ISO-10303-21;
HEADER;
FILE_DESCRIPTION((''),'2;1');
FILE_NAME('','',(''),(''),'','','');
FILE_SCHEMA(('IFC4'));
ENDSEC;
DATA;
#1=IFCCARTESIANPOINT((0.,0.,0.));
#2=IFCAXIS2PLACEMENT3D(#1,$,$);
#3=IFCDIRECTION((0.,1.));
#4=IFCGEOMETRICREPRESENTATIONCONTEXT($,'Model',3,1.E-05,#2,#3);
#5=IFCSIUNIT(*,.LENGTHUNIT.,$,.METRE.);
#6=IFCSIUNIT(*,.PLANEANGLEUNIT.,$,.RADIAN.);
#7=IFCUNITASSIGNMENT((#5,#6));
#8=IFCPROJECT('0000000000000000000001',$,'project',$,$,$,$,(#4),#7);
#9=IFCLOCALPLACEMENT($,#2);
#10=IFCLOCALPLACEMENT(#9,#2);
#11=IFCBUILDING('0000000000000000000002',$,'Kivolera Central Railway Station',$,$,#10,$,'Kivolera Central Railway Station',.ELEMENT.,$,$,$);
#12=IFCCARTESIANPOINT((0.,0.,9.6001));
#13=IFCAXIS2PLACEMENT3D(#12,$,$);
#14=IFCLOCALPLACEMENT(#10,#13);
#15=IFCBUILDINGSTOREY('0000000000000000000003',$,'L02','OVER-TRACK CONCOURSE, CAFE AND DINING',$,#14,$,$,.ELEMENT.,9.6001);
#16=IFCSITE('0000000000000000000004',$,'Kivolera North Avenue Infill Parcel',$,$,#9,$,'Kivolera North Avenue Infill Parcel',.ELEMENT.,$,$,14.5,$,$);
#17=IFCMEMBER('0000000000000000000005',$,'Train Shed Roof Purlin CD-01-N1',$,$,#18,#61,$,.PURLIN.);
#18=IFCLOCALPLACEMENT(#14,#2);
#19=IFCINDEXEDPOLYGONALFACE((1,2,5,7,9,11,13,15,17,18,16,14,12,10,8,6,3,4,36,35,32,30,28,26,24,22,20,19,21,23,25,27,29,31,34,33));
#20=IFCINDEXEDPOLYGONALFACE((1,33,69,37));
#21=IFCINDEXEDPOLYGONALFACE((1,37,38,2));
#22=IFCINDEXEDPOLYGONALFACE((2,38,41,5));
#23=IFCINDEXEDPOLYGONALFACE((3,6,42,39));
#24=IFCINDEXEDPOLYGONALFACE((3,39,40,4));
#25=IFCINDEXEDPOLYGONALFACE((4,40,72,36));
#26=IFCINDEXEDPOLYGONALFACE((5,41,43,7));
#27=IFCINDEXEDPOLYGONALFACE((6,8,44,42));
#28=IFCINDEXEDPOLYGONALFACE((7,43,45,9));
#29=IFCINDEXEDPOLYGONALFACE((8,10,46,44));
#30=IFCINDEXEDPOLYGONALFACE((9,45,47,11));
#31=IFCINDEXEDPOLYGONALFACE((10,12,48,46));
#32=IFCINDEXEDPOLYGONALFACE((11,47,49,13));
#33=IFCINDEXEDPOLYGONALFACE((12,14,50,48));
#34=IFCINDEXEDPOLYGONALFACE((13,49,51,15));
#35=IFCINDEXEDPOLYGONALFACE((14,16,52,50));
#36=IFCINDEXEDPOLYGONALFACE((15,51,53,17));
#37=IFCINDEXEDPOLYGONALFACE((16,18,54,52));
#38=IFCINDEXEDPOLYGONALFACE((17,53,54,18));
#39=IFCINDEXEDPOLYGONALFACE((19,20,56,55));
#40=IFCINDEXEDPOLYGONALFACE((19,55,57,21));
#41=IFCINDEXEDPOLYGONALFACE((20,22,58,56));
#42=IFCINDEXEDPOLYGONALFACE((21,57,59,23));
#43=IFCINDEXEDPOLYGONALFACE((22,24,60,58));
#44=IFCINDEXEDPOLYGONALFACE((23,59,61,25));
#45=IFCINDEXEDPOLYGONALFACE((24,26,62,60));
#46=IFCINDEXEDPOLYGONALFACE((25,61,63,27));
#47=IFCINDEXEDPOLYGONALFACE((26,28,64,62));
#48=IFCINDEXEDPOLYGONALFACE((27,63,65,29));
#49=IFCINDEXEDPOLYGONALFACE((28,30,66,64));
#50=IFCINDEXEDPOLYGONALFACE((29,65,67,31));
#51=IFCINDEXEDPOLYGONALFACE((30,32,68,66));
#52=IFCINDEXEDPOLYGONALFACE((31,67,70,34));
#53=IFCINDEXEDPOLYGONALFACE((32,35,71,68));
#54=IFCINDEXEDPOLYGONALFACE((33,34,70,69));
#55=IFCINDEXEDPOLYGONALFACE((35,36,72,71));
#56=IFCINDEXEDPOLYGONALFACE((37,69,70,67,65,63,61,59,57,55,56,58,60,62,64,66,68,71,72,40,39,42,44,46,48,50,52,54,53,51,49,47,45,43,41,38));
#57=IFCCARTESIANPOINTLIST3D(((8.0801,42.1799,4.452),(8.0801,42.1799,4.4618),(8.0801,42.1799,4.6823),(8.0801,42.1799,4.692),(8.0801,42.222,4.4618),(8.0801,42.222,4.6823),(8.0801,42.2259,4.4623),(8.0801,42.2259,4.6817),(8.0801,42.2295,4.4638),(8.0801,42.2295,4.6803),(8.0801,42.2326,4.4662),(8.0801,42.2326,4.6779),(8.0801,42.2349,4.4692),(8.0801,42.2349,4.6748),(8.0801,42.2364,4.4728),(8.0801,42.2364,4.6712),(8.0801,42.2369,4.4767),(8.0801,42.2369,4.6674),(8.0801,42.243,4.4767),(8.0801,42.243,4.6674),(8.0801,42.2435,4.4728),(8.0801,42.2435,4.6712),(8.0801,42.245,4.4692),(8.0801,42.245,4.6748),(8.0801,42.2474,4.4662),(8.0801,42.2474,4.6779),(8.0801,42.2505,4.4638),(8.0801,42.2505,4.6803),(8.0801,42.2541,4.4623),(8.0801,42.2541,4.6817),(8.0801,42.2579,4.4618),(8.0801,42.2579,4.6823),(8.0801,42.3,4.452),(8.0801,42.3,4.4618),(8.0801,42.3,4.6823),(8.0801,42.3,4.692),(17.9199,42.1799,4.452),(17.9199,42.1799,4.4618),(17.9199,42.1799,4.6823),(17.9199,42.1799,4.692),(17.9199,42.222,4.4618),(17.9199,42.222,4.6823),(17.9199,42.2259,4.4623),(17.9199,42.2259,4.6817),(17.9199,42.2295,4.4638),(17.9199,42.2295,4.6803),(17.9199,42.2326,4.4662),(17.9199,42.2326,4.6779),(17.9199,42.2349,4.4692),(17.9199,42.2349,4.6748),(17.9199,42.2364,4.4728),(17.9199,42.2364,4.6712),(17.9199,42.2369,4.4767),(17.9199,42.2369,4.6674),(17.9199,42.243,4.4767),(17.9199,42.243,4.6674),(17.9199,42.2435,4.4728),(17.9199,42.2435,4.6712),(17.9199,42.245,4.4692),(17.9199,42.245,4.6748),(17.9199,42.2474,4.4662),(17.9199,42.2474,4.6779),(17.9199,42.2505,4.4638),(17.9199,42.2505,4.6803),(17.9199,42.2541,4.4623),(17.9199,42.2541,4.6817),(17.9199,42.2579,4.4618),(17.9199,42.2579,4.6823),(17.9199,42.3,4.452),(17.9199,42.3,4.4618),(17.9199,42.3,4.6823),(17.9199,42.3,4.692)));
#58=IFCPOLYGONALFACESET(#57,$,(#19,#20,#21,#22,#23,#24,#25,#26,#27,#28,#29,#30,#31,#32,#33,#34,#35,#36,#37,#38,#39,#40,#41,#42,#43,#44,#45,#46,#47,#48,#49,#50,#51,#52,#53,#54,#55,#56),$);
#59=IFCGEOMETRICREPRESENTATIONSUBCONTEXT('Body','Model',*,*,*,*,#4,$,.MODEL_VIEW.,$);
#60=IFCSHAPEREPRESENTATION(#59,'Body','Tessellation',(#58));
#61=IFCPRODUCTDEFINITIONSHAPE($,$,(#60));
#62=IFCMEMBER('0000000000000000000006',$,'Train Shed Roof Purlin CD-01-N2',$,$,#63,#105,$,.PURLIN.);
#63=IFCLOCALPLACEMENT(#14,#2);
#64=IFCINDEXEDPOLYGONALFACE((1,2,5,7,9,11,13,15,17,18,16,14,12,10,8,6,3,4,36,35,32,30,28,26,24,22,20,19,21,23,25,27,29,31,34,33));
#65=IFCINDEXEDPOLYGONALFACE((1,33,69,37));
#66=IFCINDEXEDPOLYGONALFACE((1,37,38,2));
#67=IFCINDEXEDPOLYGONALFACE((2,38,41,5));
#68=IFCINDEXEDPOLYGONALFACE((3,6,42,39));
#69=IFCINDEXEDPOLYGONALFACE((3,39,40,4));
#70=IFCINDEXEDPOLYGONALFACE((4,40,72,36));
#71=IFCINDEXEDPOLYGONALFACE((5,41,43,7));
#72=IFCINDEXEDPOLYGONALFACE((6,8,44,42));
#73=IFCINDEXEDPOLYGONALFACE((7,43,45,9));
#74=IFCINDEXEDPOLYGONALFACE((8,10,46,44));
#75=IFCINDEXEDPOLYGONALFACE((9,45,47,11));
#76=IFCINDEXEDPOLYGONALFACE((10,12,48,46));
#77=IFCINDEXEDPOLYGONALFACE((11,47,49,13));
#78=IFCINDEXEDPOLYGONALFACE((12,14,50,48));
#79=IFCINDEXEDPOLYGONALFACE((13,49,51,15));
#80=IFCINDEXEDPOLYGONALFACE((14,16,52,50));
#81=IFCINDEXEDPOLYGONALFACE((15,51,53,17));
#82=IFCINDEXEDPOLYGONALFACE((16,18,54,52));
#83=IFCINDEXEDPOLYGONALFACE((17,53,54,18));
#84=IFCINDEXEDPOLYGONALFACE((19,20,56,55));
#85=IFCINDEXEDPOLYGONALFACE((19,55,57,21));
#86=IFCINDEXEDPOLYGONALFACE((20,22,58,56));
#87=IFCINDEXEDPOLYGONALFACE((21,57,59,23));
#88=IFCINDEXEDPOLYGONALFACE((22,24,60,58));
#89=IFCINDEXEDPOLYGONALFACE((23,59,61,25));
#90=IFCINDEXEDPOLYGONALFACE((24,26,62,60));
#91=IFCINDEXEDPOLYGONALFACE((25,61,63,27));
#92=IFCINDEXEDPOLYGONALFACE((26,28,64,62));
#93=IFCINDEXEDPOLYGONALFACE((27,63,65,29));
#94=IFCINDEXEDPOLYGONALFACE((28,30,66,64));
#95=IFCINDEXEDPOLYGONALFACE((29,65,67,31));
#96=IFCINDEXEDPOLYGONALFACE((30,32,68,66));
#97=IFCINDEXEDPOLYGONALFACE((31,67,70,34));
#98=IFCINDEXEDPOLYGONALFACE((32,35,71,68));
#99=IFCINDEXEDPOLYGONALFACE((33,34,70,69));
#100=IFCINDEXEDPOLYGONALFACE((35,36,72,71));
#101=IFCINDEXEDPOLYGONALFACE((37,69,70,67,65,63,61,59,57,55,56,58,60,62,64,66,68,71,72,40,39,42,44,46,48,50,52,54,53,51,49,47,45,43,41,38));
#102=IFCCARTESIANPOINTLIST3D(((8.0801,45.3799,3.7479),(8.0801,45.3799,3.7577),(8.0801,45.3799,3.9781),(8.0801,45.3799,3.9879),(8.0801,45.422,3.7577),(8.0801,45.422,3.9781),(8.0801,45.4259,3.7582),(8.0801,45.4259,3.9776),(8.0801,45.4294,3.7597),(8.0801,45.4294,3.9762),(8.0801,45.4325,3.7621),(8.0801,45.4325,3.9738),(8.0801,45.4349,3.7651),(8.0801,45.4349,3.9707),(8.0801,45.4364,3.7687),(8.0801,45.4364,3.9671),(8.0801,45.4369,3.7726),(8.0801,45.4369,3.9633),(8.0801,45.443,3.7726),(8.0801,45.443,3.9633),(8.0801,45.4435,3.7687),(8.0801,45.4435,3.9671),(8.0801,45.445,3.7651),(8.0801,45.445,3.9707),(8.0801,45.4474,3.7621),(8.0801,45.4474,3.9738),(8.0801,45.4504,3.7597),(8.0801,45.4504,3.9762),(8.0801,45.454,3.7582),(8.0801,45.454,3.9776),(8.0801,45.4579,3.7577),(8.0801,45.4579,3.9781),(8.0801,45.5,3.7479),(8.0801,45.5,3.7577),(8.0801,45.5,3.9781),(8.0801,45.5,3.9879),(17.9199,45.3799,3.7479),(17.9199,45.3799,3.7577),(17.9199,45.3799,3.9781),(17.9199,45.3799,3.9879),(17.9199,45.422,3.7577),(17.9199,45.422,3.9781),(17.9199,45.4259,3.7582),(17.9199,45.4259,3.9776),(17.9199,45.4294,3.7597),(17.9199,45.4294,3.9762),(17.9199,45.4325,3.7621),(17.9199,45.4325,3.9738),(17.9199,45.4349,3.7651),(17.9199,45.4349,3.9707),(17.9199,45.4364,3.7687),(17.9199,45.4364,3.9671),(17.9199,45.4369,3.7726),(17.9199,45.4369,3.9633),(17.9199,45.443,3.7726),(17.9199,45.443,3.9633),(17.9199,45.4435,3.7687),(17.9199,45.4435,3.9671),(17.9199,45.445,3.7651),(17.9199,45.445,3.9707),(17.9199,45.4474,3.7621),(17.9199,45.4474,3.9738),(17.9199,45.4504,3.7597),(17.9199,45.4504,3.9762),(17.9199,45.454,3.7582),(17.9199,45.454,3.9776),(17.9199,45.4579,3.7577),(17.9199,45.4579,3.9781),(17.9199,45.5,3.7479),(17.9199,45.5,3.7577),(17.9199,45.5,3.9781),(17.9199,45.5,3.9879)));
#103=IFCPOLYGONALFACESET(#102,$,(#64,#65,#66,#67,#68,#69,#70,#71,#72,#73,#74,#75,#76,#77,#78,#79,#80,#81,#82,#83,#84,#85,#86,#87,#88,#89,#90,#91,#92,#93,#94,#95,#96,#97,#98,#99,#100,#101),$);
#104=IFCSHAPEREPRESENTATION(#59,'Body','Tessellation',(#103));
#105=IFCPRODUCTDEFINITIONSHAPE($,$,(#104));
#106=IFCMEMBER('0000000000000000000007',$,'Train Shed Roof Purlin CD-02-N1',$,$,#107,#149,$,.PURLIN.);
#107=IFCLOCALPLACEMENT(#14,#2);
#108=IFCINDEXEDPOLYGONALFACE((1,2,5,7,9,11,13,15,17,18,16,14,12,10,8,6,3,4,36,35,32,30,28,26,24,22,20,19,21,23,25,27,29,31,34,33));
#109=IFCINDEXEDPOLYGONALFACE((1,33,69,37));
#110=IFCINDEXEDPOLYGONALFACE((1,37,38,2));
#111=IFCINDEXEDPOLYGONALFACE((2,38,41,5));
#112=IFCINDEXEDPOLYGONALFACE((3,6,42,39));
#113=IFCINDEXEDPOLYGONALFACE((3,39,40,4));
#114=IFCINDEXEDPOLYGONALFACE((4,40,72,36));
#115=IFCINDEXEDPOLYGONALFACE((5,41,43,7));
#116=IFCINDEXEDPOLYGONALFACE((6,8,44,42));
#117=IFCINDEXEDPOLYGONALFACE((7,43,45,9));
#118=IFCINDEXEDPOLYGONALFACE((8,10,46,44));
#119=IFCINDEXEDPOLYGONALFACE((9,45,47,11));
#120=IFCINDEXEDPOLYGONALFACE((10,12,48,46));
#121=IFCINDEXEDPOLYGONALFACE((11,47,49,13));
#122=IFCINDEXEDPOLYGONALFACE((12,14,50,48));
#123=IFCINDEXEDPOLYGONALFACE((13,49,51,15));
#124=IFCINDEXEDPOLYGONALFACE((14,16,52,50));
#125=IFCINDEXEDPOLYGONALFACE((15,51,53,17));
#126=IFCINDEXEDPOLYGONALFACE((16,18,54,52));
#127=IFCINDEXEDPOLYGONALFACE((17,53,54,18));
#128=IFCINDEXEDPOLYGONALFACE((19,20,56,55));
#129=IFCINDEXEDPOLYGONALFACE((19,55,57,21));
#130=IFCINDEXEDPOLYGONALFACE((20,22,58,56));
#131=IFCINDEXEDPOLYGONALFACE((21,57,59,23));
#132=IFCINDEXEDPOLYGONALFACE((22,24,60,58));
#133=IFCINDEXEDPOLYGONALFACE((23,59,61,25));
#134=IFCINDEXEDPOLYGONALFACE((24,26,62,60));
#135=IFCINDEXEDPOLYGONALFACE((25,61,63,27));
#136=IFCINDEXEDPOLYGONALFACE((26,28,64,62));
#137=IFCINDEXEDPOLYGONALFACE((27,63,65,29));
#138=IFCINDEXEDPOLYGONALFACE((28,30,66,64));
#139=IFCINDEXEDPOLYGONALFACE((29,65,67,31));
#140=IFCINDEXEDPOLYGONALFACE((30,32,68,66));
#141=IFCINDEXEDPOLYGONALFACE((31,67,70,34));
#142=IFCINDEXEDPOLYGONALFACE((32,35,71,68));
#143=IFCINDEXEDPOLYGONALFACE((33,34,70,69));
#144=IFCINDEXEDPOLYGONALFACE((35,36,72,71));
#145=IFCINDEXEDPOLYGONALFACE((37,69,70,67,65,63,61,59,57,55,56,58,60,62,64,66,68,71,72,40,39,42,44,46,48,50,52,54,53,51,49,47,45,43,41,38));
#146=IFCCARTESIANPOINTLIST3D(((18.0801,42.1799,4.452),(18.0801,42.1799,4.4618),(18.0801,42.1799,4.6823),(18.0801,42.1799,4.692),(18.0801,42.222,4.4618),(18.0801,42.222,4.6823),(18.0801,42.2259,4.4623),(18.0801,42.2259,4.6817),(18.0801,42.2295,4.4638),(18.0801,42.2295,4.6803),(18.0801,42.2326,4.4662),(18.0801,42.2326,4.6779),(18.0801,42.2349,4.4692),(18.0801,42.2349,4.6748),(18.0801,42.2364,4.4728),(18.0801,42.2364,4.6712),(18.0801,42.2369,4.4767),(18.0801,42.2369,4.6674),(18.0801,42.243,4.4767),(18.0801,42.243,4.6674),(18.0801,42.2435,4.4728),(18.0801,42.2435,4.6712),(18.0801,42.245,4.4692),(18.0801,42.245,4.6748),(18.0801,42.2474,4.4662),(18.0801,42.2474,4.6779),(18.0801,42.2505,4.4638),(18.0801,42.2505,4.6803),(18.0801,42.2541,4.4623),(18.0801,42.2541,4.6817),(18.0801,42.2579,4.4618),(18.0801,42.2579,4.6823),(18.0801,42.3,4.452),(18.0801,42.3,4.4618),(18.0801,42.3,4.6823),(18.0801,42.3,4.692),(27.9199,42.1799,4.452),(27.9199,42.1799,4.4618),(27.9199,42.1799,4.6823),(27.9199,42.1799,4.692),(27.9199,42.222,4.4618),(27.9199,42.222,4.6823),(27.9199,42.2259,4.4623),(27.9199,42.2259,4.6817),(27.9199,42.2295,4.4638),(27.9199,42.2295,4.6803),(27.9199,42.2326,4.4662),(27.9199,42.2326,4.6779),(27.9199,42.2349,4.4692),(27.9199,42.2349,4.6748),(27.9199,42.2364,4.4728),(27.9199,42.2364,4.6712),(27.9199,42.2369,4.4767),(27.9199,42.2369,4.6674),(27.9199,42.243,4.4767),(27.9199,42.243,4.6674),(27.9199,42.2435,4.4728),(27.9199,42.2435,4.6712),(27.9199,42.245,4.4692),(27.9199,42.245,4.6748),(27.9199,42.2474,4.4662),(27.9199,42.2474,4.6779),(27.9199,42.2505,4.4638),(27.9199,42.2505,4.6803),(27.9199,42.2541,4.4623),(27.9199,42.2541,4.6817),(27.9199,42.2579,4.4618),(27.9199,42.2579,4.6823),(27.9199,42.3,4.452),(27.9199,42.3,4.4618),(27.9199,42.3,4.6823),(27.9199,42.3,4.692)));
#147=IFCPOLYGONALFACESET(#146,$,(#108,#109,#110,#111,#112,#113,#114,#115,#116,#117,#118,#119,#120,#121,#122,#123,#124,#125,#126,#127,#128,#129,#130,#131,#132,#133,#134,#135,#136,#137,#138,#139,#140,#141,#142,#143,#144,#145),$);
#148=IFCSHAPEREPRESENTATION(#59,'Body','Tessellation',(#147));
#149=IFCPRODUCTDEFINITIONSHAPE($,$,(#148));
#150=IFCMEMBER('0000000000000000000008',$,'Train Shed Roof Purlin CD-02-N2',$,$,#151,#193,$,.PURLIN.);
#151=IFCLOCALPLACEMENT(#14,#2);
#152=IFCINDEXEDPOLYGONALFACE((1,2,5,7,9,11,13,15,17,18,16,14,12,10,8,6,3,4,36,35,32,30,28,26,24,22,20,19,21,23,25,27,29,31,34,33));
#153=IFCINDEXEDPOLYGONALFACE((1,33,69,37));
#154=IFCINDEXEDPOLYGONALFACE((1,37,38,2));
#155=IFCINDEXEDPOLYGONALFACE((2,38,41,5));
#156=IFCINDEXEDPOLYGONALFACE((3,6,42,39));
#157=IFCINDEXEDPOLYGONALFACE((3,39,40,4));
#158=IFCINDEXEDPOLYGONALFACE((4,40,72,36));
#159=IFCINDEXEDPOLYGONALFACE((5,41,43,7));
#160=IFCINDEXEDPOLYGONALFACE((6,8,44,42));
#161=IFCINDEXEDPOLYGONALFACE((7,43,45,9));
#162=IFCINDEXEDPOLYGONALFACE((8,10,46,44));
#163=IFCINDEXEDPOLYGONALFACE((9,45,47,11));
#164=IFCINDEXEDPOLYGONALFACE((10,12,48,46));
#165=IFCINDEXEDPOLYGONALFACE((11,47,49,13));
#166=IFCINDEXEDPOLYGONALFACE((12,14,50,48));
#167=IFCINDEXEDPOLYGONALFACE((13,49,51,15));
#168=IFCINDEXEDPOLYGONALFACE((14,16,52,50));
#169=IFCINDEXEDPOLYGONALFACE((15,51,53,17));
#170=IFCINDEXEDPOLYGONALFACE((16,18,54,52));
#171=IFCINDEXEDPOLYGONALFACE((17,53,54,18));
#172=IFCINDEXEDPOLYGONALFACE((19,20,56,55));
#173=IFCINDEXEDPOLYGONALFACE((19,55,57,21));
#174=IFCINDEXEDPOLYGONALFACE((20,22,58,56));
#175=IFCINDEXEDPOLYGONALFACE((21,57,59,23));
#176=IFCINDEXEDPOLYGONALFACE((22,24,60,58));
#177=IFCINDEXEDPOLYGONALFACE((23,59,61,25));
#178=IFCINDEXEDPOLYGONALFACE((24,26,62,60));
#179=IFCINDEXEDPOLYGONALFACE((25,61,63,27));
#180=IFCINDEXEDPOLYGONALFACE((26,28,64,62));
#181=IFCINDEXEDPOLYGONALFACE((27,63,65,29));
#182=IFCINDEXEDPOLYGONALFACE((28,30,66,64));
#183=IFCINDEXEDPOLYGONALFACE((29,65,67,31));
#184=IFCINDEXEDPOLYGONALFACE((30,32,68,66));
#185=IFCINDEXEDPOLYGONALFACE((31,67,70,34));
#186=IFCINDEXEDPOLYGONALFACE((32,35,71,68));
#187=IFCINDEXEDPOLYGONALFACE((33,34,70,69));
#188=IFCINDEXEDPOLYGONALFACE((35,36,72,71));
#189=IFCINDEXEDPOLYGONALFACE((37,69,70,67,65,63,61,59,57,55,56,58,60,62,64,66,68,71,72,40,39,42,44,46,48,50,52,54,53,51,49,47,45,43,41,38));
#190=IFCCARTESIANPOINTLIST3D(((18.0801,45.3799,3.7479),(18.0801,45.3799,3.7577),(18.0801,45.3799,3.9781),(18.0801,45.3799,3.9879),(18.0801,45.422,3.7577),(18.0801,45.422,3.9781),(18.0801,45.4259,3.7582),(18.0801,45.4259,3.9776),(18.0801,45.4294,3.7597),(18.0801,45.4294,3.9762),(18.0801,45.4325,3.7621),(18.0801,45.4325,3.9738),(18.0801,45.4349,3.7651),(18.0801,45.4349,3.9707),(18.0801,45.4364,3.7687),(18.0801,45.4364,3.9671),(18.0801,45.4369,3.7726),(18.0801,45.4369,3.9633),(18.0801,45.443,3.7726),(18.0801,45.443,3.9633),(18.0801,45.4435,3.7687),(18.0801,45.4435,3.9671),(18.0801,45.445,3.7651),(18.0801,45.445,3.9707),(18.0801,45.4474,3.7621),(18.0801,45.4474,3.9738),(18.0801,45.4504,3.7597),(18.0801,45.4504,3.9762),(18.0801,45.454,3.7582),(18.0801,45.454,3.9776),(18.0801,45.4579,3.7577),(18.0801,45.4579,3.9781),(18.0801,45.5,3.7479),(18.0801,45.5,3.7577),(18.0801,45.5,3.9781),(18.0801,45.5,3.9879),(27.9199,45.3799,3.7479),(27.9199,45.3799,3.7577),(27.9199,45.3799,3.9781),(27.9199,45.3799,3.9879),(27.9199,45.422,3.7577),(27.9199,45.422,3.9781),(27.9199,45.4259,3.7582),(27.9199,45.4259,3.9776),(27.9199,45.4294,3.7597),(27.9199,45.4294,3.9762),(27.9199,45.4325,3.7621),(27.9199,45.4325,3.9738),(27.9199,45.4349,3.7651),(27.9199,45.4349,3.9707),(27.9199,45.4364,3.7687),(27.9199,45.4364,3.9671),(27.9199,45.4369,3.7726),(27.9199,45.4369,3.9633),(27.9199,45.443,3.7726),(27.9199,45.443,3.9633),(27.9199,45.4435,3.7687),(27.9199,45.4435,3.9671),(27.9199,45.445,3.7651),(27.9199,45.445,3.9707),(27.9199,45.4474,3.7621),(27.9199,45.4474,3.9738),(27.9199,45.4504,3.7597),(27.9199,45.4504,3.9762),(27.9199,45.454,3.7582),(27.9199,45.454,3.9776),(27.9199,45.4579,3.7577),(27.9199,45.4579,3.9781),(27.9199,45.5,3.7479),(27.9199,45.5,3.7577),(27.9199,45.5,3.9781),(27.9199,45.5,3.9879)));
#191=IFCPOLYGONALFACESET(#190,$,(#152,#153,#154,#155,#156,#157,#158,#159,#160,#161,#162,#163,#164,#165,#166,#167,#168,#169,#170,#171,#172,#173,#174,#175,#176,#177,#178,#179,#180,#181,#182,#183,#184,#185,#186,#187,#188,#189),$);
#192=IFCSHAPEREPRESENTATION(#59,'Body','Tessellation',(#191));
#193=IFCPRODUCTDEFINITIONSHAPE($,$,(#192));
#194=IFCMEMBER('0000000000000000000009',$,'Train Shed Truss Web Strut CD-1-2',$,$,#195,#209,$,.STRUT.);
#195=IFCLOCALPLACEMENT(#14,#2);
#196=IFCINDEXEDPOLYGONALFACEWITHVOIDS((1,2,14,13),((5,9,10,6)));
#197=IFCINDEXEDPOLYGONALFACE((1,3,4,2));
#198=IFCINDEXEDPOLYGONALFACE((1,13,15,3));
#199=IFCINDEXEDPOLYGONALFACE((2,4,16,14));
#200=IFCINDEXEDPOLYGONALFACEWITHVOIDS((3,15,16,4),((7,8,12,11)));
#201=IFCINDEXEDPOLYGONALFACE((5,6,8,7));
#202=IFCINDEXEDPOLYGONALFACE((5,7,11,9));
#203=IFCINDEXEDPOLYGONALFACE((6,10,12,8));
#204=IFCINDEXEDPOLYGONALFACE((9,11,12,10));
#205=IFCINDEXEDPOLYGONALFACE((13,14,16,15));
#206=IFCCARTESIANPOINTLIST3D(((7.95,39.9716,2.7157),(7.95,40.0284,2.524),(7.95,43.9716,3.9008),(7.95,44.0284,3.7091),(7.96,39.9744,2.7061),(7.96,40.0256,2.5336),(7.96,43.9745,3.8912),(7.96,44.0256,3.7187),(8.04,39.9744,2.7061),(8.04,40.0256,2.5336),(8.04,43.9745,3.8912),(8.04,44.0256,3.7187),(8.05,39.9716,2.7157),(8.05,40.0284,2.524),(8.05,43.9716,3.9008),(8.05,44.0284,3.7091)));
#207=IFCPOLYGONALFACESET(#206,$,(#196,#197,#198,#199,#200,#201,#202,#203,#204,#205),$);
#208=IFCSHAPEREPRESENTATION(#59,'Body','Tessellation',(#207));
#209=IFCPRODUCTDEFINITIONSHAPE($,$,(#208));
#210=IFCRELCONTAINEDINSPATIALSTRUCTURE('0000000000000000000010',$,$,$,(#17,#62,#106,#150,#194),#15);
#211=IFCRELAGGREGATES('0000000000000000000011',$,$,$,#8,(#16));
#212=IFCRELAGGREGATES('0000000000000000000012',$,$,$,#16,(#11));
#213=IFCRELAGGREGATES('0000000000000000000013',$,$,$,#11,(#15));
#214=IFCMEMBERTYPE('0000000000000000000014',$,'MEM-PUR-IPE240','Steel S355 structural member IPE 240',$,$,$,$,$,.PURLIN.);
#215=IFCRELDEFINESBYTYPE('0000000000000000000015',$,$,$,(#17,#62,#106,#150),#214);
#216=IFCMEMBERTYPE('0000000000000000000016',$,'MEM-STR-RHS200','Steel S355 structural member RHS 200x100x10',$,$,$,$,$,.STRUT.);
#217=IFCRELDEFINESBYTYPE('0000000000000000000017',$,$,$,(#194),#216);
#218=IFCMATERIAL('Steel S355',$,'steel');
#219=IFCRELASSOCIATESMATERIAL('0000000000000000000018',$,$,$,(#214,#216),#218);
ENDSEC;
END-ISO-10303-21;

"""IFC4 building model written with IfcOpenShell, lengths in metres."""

from ifc_helpers import new_model, si_unit, direction, frame, origin, origin_2d, place, context, subcontext, project, spatial, hollow_rectangle, i_section, extrude, material, material_profile, profile_set, type_object, element, save


model = new_model("IFC4")

# Units and contexts
model_context = context("Model", 3, precision=1e-05, world=origin(), true_north=direction((0.0, 1.0)))
body_context = subcontext(model_context, "Body", "Model", "MODEL_VIEW")
ifc_project = project(units=[si_unit("LENGTHUNIT", "METRE"), si_unit("PLANEANGLEUNIT", "RADIAN")], contexts=[model_context])

# Site, building, storey
site_placement = place(None, origin())
site = spatial("IfcSite", under=ifc_project, at=site_placement, Name="Kivolera North Avenue Infill Parcel", LongName="Kivolera North Avenue Infill Parcel", CompositionType="ELEMENT", RefElevation=14.5)
building_placement = place(site_placement, origin())
building = spatial("IfcBuilding", under=site, at=building_placement, Name="Kivolera Central Railway Station", LongName="Kivolera Central Railway Station", CompositionType="ELEMENT")
storey_placement = place(building_placement, frame((0.0, 0.0, 9.6001)))
storey = spatial("IfcBuildingStorey", under=building, at=storey_placement, Name="L02", Description="OVER-TRACK CONCOURSE, CAFE AND DINING", CompositionType="ELEMENT", Elevation=9.6001)

# Shared definitions
ifc_material_1 = material(Name="Steel S355", Category="steel")

# Members
ifc_material_profile_1 = material_profile(ifc_material_1, i_section(OverallWidth=0.1201, OverallDepth=0.24, WebThickness=0.0061, FlangeThickness=0.0098, FilletRadius=0.0149, at=origin_2d()), Name="IPE 240")
ifc_profile_set_1 = profile_set([ifc_material_profile_1], Name="Steel S355")
member_type_1 = type_object("IfcMemberType", Name="MEM-PUR-IPE240", Description="Steel S355 structural member IPE 240", PredefinedType="PURLIN", material=ifc_profile_set_1)
for number, where, z_axis, x_axis, name in (
    (1, (8.0801, 42.24, 4.572), (1.0, 0.0, 0.0), (0.0, 1.0, 0.0), "Train Shed Roof Purlin CD-01-N1"),
    (2, (8.0801, 45.4399, 3.8679), (1.0, 0.0, 0.0), (0.0, 1.0, 0.0), "Train Shed Roof Purlin CD-01-N2"),
    (3, (18.0801, 42.24, 4.572), (1.0, 0.0, 0.0), (0.0, 1.0, 0.0), "Train Shed Roof Purlin CD-02-N1"),
    (4, (18.0801, 45.4399, 3.8679), (1.0, 0.0, 0.0), (0.0, 1.0, 0.0), "Train Shed Roof Purlin CD-02-N2"),
):
    element("IfcMember", number, at=place(storey_placement, frame(where, z_axis=z_axis, x_axis=x_axis)), inside=storey, type_object=member_type_1, Name=name, PredefinedType="PURLIN", context=body_context, shape_type="SweptSolid", body=[
        extrude(i_section(OverallWidth=0.1201, OverallDepth=0.24, WebThickness=0.0061, FlangeThickness=0.0098, FilletRadius=0.0149, at=origin_2d()), origin(), (0.0, 0.0, 1.0), 9.8398),
    ])
ifc_material_profile_2 = material_profile(ifc_material_1, hollow_rectangle(XDim=0.1001, YDim=0.2, WallThickness=0.01, at=origin_2d()), Name="RHS 200x100x10")
ifc_profile_set_2 = profile_set([ifc_material_profile_2], Name="Steel S355")
member_type_2 = type_object("IfcMemberType", Name="MEM-STR-RHS200", Description="Steel S355 structural member RHS 200x100x10", PredefinedType="STRUT", material=ifc_profile_set_2)
for number, where, z_axis, x_axis, name in (
    (5, (8.0, 40.0, 2.6199), (0.0, 0.958806, 0.28406), (-1.0, 0.0, 0.0), "Train Shed Truss Web Strut CD-1-2"),
):
    element("IfcMember", number, at=place(storey_placement, frame(where, z_axis=z_axis, x_axis=x_axis)), inside=storey, type_object=member_type_2, Name=name, PredefinedType="STRUT", context=body_context, shape_type="SweptSolid", body=[
        extrude(hollow_rectangle(XDim=0.1001, YDim=0.2, WallThickness=0.01, at=origin_2d()), origin(), (0.0, 0.0, 1.0), 4.1719),
    ])

save(model, "model.ifc")
